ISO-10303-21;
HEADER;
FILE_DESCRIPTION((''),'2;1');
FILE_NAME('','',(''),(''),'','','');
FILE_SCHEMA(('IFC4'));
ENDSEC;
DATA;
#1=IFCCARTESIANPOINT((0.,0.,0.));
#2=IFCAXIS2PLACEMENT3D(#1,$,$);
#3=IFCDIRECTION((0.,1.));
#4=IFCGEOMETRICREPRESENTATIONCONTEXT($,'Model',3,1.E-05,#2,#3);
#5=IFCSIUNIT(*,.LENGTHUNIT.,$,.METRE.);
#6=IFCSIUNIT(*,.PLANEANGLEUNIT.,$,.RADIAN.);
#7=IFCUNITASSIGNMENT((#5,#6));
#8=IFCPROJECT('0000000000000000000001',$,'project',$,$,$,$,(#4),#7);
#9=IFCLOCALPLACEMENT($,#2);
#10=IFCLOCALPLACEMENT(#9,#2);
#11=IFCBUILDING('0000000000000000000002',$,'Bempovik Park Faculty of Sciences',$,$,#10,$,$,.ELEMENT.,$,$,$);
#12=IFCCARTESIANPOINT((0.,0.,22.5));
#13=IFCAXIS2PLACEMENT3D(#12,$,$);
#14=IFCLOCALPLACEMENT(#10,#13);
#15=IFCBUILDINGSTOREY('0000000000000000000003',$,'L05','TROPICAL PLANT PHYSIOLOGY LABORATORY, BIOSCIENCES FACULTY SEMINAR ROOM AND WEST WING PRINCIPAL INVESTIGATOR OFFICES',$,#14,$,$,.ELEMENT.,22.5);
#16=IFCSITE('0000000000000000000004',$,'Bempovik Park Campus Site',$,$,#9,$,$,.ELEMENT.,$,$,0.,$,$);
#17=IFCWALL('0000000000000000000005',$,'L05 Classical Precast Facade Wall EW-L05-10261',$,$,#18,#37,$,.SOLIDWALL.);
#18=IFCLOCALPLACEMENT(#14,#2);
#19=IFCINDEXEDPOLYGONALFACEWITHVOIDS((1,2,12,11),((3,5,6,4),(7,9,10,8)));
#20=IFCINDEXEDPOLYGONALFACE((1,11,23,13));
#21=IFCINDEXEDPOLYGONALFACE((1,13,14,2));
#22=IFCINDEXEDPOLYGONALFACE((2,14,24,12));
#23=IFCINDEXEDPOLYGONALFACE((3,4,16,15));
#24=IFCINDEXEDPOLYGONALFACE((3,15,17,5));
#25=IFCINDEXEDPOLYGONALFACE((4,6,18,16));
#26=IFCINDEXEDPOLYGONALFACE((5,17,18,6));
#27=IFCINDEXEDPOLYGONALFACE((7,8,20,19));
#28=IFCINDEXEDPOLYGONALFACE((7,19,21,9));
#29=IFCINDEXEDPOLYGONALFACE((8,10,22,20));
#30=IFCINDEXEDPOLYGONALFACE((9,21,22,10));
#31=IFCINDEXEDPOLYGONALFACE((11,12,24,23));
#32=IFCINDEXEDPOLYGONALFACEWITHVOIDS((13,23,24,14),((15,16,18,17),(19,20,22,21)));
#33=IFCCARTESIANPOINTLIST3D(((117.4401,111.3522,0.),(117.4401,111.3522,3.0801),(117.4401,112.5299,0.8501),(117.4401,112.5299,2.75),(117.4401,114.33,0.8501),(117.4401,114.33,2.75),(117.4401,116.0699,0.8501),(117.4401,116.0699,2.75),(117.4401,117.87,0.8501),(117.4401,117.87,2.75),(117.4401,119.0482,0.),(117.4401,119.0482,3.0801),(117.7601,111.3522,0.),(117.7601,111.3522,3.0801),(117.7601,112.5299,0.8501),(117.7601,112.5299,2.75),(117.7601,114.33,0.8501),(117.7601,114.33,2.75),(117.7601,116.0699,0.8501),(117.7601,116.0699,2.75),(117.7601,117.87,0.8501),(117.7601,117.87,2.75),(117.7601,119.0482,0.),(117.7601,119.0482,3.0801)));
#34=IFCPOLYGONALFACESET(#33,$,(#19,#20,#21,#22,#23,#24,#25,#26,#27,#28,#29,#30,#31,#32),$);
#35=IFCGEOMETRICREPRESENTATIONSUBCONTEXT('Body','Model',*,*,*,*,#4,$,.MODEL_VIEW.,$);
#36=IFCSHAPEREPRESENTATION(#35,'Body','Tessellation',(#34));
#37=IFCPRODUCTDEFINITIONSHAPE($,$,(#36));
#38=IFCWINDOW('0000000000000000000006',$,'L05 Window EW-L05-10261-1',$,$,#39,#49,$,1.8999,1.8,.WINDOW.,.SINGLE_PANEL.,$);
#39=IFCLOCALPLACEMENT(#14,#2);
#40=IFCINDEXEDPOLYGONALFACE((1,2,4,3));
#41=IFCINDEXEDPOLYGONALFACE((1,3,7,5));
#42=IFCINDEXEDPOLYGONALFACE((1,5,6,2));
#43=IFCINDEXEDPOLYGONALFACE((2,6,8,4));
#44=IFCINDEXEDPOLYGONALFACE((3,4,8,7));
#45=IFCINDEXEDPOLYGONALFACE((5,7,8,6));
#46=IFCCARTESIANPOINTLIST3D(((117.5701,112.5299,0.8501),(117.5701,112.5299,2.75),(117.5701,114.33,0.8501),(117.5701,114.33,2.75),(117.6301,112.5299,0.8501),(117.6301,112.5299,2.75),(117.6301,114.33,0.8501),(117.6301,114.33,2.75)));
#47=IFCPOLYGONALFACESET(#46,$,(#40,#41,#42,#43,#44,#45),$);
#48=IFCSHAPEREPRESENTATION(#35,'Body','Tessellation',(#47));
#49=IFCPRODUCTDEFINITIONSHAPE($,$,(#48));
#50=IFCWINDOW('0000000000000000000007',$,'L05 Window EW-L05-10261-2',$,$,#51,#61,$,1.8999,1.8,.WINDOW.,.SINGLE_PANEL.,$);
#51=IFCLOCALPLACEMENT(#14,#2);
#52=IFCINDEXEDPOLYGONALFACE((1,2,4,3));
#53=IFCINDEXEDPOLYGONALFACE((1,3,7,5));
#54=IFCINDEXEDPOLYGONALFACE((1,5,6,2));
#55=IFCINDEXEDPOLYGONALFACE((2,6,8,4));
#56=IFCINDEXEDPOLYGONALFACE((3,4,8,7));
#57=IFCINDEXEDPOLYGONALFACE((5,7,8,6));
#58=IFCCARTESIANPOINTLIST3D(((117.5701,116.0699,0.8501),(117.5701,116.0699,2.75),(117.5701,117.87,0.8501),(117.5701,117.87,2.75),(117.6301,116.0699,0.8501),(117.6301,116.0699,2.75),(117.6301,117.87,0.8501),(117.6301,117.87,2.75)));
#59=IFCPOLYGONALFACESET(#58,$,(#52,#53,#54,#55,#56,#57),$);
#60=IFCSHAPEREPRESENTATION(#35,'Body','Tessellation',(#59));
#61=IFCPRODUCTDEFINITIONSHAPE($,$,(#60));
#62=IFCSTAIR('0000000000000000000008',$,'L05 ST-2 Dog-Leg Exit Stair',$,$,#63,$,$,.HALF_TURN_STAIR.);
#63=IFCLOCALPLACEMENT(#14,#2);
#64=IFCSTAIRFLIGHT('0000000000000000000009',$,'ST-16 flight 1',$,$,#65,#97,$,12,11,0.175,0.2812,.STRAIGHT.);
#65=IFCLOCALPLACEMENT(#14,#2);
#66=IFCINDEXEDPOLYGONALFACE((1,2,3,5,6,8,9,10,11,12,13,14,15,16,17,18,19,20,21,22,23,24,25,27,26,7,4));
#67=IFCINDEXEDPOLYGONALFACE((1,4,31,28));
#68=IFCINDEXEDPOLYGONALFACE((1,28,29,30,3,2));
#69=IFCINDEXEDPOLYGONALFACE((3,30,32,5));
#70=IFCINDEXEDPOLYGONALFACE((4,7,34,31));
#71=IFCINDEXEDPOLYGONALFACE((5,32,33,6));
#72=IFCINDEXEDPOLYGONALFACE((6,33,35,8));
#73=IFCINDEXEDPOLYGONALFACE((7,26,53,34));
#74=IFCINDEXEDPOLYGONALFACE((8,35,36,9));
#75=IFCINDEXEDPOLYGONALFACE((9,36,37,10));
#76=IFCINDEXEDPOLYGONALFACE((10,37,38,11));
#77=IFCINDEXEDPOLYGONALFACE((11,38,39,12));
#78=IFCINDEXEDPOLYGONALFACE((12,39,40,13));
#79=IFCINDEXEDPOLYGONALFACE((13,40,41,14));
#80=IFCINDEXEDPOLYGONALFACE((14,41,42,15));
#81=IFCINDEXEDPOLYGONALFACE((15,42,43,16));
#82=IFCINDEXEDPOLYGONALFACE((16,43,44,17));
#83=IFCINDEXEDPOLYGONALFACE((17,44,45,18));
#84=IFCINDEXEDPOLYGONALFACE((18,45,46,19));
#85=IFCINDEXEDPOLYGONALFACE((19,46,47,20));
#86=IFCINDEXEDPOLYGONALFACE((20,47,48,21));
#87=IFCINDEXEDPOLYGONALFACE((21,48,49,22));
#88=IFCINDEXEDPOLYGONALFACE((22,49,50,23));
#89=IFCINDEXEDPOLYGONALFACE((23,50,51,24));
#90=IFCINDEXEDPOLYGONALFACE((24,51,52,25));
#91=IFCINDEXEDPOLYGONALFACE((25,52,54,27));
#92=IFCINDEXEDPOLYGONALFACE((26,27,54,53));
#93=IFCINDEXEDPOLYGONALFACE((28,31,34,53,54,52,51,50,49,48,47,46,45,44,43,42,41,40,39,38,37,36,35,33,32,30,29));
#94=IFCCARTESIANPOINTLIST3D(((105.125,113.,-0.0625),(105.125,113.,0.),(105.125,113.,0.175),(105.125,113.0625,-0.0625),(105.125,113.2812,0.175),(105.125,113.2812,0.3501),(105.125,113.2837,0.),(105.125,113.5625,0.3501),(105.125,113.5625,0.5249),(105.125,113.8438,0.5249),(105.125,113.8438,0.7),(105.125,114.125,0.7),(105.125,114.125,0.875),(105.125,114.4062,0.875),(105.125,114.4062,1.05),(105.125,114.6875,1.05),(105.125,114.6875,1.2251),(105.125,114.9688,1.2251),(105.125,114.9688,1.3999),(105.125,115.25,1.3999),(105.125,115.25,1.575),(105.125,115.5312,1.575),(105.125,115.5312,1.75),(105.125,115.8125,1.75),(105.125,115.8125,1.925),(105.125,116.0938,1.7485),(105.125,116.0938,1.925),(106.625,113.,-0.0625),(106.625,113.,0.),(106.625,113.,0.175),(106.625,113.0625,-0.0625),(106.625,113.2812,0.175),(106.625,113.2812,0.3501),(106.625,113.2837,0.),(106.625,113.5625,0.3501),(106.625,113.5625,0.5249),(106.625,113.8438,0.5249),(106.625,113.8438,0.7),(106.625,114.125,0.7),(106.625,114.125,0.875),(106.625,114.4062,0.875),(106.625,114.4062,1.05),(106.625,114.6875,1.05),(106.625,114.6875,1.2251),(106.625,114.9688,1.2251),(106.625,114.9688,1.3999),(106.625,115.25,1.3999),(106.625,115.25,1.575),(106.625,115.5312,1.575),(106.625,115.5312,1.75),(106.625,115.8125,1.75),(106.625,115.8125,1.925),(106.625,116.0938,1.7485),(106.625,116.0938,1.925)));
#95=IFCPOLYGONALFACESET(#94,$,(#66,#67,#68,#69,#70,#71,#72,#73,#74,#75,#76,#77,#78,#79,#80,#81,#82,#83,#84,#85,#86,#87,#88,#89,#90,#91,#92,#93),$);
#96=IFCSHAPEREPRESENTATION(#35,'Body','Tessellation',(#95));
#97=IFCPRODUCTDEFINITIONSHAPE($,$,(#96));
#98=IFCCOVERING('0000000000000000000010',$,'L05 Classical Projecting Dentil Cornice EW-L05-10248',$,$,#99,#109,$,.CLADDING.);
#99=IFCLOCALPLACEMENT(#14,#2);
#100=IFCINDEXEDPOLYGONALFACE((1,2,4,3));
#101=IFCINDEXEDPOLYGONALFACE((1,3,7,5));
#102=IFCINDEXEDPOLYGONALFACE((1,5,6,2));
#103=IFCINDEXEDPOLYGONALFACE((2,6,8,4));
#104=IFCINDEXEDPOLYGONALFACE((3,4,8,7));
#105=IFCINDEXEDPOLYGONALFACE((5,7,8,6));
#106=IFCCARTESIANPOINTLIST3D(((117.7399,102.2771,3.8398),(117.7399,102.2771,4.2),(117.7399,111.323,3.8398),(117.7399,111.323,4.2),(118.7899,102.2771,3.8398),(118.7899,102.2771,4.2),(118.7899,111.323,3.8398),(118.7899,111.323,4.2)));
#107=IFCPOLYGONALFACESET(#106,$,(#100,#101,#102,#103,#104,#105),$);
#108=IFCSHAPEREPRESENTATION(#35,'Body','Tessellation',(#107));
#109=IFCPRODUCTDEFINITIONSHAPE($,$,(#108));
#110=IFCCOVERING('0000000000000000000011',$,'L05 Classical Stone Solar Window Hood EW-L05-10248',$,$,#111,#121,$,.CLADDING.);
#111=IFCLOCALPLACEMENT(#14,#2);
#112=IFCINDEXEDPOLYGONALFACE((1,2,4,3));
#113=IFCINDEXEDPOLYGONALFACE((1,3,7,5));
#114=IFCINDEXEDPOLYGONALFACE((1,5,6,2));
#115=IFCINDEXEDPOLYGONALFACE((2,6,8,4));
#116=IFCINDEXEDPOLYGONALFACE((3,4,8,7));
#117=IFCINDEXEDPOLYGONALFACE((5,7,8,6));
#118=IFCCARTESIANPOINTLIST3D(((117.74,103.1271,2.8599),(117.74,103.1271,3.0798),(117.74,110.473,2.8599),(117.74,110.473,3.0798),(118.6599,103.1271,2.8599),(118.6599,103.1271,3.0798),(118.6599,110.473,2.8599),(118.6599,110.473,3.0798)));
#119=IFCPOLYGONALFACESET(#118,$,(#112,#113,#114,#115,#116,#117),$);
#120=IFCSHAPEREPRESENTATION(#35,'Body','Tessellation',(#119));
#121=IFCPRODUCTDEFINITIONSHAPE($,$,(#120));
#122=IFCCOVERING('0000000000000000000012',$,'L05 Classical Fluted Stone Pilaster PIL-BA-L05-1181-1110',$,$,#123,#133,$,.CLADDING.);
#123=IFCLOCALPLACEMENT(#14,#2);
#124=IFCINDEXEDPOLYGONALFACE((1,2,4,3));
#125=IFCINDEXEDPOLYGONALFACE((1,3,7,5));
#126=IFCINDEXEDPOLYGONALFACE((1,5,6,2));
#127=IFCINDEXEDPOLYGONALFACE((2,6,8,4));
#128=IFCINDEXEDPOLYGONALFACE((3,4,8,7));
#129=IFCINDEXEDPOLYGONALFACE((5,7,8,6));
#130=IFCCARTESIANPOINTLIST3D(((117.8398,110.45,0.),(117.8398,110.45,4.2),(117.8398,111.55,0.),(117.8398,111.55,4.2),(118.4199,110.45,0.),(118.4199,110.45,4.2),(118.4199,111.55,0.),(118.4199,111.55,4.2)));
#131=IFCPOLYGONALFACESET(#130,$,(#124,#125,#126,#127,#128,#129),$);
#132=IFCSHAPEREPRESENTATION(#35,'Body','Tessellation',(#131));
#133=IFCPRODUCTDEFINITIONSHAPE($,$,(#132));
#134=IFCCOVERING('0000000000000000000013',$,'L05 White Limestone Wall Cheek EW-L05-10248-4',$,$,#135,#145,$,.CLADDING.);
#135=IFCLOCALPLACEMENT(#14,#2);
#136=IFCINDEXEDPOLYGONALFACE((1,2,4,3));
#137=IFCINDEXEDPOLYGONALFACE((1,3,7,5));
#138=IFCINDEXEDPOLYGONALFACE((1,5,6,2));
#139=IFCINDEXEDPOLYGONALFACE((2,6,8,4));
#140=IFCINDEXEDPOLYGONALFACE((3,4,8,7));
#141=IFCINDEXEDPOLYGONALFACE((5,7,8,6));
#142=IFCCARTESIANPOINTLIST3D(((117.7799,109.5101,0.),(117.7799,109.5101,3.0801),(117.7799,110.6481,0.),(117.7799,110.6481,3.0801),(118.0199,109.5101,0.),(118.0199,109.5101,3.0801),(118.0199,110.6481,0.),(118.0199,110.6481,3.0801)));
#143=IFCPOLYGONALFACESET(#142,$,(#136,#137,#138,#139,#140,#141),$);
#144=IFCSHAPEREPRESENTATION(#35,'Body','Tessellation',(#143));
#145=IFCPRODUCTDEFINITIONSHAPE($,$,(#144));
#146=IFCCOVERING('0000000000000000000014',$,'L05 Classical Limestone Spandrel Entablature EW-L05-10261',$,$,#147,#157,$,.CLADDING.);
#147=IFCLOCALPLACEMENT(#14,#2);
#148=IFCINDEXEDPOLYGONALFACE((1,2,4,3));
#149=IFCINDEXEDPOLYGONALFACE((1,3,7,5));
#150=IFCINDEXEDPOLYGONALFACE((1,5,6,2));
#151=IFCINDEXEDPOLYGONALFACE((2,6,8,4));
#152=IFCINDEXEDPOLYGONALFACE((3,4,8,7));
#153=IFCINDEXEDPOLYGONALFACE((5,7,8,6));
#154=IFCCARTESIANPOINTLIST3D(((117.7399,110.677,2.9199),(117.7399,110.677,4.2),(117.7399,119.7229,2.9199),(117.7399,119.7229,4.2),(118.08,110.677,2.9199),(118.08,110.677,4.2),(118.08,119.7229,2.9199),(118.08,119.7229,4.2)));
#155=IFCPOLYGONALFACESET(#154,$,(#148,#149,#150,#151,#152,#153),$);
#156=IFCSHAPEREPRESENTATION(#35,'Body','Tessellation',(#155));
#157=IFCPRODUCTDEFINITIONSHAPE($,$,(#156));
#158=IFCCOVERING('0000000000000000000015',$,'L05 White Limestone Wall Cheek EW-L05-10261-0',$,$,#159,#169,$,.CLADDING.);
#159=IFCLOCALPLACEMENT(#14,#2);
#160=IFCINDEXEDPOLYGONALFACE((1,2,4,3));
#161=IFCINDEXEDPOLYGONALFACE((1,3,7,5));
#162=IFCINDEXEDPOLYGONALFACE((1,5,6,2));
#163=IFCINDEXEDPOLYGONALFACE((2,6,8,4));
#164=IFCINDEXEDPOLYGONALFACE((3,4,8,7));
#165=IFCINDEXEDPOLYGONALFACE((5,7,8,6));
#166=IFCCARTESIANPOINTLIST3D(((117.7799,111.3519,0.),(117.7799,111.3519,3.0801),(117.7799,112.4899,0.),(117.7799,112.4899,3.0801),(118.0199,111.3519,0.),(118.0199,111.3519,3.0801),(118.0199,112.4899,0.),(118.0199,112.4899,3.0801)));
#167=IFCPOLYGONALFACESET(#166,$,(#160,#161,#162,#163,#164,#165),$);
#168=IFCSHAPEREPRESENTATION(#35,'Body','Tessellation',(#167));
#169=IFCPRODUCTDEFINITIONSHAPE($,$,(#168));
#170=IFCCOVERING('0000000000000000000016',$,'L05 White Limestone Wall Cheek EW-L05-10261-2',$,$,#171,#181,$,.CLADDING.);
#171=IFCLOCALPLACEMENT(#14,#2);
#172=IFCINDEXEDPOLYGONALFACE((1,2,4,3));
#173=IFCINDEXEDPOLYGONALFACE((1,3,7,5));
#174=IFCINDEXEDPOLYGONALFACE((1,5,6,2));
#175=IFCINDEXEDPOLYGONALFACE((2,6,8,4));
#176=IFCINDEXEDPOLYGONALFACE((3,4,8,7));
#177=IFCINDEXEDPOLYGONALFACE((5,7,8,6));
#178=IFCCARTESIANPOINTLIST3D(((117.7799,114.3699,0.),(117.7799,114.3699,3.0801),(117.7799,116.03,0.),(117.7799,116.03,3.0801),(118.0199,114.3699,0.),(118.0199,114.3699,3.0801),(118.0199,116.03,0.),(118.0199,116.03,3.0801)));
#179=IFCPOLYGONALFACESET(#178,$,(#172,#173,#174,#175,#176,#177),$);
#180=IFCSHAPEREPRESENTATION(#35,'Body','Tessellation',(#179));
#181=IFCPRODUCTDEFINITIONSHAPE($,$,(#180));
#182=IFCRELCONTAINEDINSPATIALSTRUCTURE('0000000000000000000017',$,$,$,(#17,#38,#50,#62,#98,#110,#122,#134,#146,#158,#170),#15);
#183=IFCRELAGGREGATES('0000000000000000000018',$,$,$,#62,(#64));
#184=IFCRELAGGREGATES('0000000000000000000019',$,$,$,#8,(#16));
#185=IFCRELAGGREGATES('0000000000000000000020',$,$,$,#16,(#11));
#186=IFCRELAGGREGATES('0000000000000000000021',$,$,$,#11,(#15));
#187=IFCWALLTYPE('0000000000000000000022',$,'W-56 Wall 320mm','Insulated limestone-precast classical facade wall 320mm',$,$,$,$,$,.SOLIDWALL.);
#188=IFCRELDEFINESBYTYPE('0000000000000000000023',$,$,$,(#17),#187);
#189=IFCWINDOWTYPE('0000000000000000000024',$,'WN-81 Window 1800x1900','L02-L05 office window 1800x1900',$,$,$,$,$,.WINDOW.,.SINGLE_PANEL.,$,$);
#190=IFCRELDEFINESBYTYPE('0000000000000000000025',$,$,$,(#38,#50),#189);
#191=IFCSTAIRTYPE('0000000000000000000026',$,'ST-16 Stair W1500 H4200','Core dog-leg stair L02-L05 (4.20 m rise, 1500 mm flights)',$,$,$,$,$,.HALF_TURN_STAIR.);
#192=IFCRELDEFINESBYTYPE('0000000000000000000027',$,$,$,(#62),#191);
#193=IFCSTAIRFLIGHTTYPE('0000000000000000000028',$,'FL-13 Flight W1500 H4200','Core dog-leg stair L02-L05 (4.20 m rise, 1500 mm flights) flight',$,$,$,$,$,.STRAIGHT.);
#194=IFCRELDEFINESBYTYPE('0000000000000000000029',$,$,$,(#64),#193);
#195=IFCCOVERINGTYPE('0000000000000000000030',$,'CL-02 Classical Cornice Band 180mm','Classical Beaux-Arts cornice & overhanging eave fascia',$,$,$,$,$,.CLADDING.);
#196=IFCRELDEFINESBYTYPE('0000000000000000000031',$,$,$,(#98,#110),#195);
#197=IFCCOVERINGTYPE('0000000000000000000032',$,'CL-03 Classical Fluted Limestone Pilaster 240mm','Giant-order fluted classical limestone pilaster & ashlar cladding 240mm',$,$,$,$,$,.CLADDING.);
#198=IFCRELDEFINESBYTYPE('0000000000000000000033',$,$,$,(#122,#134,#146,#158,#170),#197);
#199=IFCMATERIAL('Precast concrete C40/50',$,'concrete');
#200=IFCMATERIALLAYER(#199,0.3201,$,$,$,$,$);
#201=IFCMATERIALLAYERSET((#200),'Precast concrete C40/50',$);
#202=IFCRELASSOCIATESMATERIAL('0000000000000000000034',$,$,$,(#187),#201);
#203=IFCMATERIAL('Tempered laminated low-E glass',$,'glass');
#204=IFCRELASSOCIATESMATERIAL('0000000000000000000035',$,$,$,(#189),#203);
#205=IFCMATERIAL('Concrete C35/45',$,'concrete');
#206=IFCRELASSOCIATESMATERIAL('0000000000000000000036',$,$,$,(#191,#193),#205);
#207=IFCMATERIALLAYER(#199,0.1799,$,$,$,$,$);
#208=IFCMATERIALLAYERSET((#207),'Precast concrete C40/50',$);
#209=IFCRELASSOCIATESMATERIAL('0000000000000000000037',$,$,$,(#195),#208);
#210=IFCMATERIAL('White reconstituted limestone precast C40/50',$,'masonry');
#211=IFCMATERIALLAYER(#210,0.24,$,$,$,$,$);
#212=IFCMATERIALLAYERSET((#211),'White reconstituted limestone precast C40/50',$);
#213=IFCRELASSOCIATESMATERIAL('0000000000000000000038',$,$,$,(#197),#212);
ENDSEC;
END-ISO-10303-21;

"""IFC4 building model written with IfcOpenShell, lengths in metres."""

from ifc_helpers import new_model, si_unit, direction, frame, frame_2d, origin, origin_2d, place, context, subcontext, project, spatial, polyline, rectangle, outline, extrude, material, layer, layer_set, type_object, element, fill, aggregate, save


model = new_model("IFC4")

# Units and contexts
model_context = context("Model", 3, precision=1e-05, world=origin(), true_north=direction((0.0, 1.0)))
body_context = subcontext(model_context, "Body", "Model", "MODEL_VIEW")
ifc_project = project(units=[si_unit("LENGTHUNIT", "METRE"), si_unit("PLANEANGLEUNIT", "RADIAN")], contexts=[model_context])

# Site, building, storey
site_placement = place(None, origin())
site = spatial("IfcSite", under=ifc_project, at=site_placement, Name="Bempovik Park Campus Site", CompositionType="ELEMENT", RefElevation=0.0)
building_placement = place(site_placement, origin())
building = spatial("IfcBuilding", under=site, at=building_placement, Name="Bempovik Park Faculty of Sciences", CompositionType="ELEMENT")
storey_placement = place(building_placement, frame((0.0, 0.0, 22.5)))
storey = spatial("IfcBuildingStorey", under=building, at=storey_placement, Name="L05", Description="TROPICAL PLANT PHYSIOLOGY LABORATORY, BIOSCIENCES FACULTY SEMINAR ROOM AND WEST WING PRINCIPAL INVESTIGATOR OFFICES", CompositionType="ELEMENT", Elevation=22.5)

# Shared definitions
ifc_material_1 = material(Name="Concrete C35/45", Category="concrete")

# Wall, openings, windows
ifc_material_2 = material(Name="Precast concrete C40/50", Category="concrete")
ifc_layer_1 = layer(ifc_material_2, 0.3201)
ifc_layer_set_1 = layer_set([ifc_layer_1], Name="Precast concrete C40/50")
wall_type_1 = type_object("IfcWallType", Name="W-56 Wall 320mm", Description="Insulated limestone-precast classical facade wall 320mm", PredefinedType="SOLIDWALL", material=ifc_layer_set_1)
wall_1_placement = place(storey_placement, frame((117.6001, 111.3521, 0.0), z_axis=(0.0, 0.0, 1.0), x_axis=(0.0, 1.0, 0.0)))
wall_1 = element("IfcWall", 1, at=wall_1_placement, inside=storey, type_object=wall_type_1, Name="L05 Classical Precast Facade Wall EW-L05-10261", PredefinedType="SOLIDWALL", context=body_context, shape_type="SweptSolid", body=[
    extrude(rectangle(XDim=7.696, YDim=0.3201, at=frame_2d((3.8481, 0.0))), origin(), (0.0, 0.0, 1.0), 3.0801),
])
opening_1_placement = place(wall_1_placement, frame((1.178, 0.0, 0.8501)))
opening_1 = element("IfcOpeningElement", 2, at=opening_1_placement, cuts=wall_1, PredefinedType="OPENING", context=body_context, shape_type="SweptSolid", body=[
    extrude(rectangle(XDim=1.8, YDim=1.8999, at=frame_2d((0.8999, 0.95))), frame((0.0, 0.1699, 0.0), z_axis=(0.0, -1.0, 0.0), x_axis=(1.0, 0.0, 0.0)), (0.0, 0.0, 1.0), 0.3401),
])
opening_2_placement = place(wall_1_placement, frame((4.718, 0.0, 0.8501)))
opening_2 = element("IfcOpeningElement", 3, at=opening_2_placement, cuts=wall_1, PredefinedType="OPENING", context=body_context, shape_type="SweptSolid", body=[
    extrude(rectangle(XDim=1.8, YDim=1.8999, at=frame_2d((0.8999, 0.95))), frame((0.0, 0.1699, 0.0), z_axis=(0.0, -1.0, 0.0), x_axis=(1.0, 0.0, 0.0)), (0.0, 0.0, 1.0), 0.3401),
])
ifc_material_3 = material(Name="Tempered laminated low-E glass", Category="glass")
window_type = type_object("IfcWindowType", Name="WN-81 Window 1800x1900", Description="L02-L05 office window 1800x1900", PartitioningType="SINGLE_PANEL", PredefinedType="WINDOW", material=ifc_material_3)
window_1_placement = place(opening_1_placement, origin())
window_1 = element("IfcWindow", 4, at=window_1_placement, inside=storey, type_object=window_type, Name="L05 Window EW-L05-10261-1", OverallHeight=1.8999, OverallWidth=1.8, PartitioningType="SINGLE_PANEL", PredefinedType="WINDOW", context=body_context, shape_type="SweptSolid", body=[
    extrude(rectangle(XDim=1.8, YDim=1.8999, at=frame_2d((0.8999, 0.95))), frame((0.0, 0.03, 0.0), z_axis=(0.0, -1.0, 0.0), x_axis=(1.0, 0.0, 0.0)), (0.0, 0.0, 1.0), 0.0601),
])
fill(opening_1, window_1)
window_2_placement = place(opening_2_placement, origin())
window_2 = element("IfcWindow", 5, at=window_2_placement, inside=storey, type_object=window_type, Name="L05 Window EW-L05-10261-2", OverallHeight=1.8999, OverallWidth=1.8, PartitioningType="SINGLE_PANEL", PredefinedType="WINDOW", context=body_context, shape_type="SweptSolid", body=[
    extrude(rectangle(XDim=1.8, YDim=1.8999, at=frame_2d((0.8999, 0.95))), frame((0.0, 0.03, 0.0), z_axis=(0.0, -1.0, 0.0), x_axis=(1.0, 0.0, 0.0)), (0.0, 0.0, 1.0), 0.0601),
])
fill(opening_2, window_2)

# Stair, stair flight
stair_type = type_object("IfcStairType", Name="ST-16 Stair W1500 H4200", Description="Core dog-leg stair L02-L05 (4.20 m rise, 1500 mm flights)", PredefinedType="HALF_TURN_STAIR", material=ifc_material_1)
stair_placement = place(storey_placement, origin())
stair = element("IfcStair", 6, at=stair_placement, inside=storey, type_object=stair_type, Name="L05 ST-2 Dog-Leg Exit Stair", PredefinedType="HALF_TURN_STAIR")
stair_flight_type = type_object("IfcStairFlightType", Name="FL-13 Flight W1500 H4200", Description="Core dog-leg stair L02-L05 (4.20 m rise, 1500 mm flights) flight", PredefinedType="STRAIGHT", material=ifc_material_1)
stair_flight_placement = place(storey_placement, frame((105.875, 113.0, 0.0), z_axis=(0.0, 0.0, 1.0), x_axis=(0.0, 1.0, 0.0)))
stair_flight = element("IfcStairFlight", 7, at=stair_flight_placement, type_object=stair_flight_type, Name="ST-16 flight 1", NumberOfRisers=12, NumberOfTreads=11, PredefinedType="STRAIGHT", RiserHeight=0.175, TreadLength=0.2812, context=body_context, shape_type="SweptSolid", body=[
    extrude(outline(polyline([(0.0, 0.0), (0.0, 0.175), (0.2812, 0.175), (0.2812, 0.3501), (0.5625, 0.3501), (0.5625, 0.5249), (0.8438, 0.5249), (0.8438, 0.7), (1.125, 0.7), (1.125, 0.875), (1.4062, 0.875), (1.4062, 1.05), (1.6875, 1.05), (1.6875, 1.2251), (1.9688, 1.2251), (1.9688, 1.3999), (2.25, 1.3999), (2.25, 1.575), (2.5312, 1.575), (2.5312, 1.75), (2.8125, 1.75), (2.8125, 1.925), (3.0938, 1.925), (3.0938, 2.1001), (3.0938, 1.7485), (0.2837, 0.0), (0.0625, -0.0625), (0.0, -0.0625), (0.0, 0.0)])), frame((0.0, 0.75, 0.0), z_axis=(0.0, -1.0, 0.0), x_axis=(1.0, 0.0, 0.0)), (0.0, 0.0, 1.0), 1.5),
])
aggregate(stair, [stair_flight])

# Coverings
ifc_layer_2 = layer(ifc_material_2, 0.1799)
ifc_layer_set_2 = layer_set([ifc_layer_2], Name="Precast concrete C40/50")
covering_type_1 = type_object("IfcCoveringType", Name="CL-02 Classical Cornice Band 180mm", Description="Classical Beaux-Arts cornice & overhanging eave fascia", PredefinedType="CLADDING", material=ifc_layer_set_2)
covering_1_placement = place(storey_placement, frame((118.2649, 106.8, 3.8398), z_axis=(0.0, 0.0, 1.0), x_axis=(1.0, 0.0, 0.0)))
element("IfcCovering", 8, at=covering_1_placement, inside=storey, type_object=covering_type_1, Name="L05 Classical Projecting Dentil Cornice EW-L05-10248", PredefinedType="CLADDING", context=body_context, shape_type="SweptSolid", body=[
    extrude(rectangle(XDim=1.05, YDim=9.0459, at=origin_2d()), origin(), (0.0, 0.0, 1.0), 0.3601),
])
covering_2_placement = place(storey_placement, frame((118.2, 106.8, 2.8599), z_axis=(0.0, 0.0, 1.0), x_axis=(1.0, 0.0, 0.0)))
element("IfcCovering", 9, at=covering_2_placement, inside=storey, type_object=covering_type_1, Name="L05 Classical Stone Solar Window Hood EW-L05-10248", PredefinedType="CLADDING", context=body_context, shape_type="SweptSolid", body=[
    extrude(rectangle(XDim=0.9199, YDim=7.3459, at=origin_2d()), origin(), (0.0, 0.0, 1.0), 0.22),
])
ifc_material_4 = material(Name="White reconstituted limestone precast C40/50", Category="masonry")
ifc_layer_3 = layer(ifc_material_4, 0.24)
ifc_layer_set_3 = layer_set([ifc_layer_3], Name="White reconstituted limestone precast C40/50")
covering_type_2 = type_object("IfcCoveringType", Name="CL-03 Classical Fluted Limestone Pilaster 240mm", Description="Giant-order fluted classical limestone pilaster & ashlar cladding 240mm", PredefinedType="CLADDING", material=ifc_layer_set_3)
covering_3_placement = place(storey_placement, frame((118.1299, 111.0, 0.0), z_axis=(0.0, 0.0, 1.0), x_axis=(1.0, 0.0, 0.0)))
element("IfcCovering", 10, at=covering_3_placement, inside=storey, type_object=covering_type_2, Name="L05 Classical Fluted Stone Pilaster PIL-BA-L05-1181-1110", PredefinedType="CLADDING", context=body_context, shape_type="SweptSolid", body=[
    extrude(rectangle(XDim=0.5801, YDim=1.1001, at=origin_2d()), origin(), (0.0, 0.0, 1.0), 4.2),
])
covering_4_placement = place(storey_placement, frame((117.8999, 110.0791, 0.0), z_axis=(0.0, 0.0, 1.0), x_axis=(1.0, 0.0, 0.0)))
element("IfcCovering", 11, at=covering_4_placement, inside=storey, type_object=covering_type_2, Name="L05 White Limestone Wall Cheek EW-L05-10248-4", PredefinedType="CLADDING", context=body_context, shape_type="SweptSolid", body=[
    extrude(rectangle(XDim=0.24, YDim=1.1379, at=origin_2d()), origin(), (0.0, 0.0, 1.0), 3.0801),
])
covering_5_placement = place(storey_placement, frame((117.9099, 115.2, 2.9199), z_axis=(0.0, 0.0, 1.0), x_axis=(1.0, 0.0, 0.0)))
element("IfcCovering", 12, at=covering_5_placement, inside=storey, type_object=covering_type_2, Name="L05 Classical Limestone Spandrel Entablature EW-L05-10261", PredefinedType="CLADDING", context=body_context, shape_type="SweptSolid", body=[
    extrude(rectangle(XDim=0.3401, YDim=9.0459, at=origin_2d()), origin(), (0.0, 0.0, 1.0), 1.28),
])
covering_6_placement = place(storey_placement, frame((117.8999, 111.9209, 0.0), z_axis=(0.0, 0.0, 1.0), x_axis=(1.0, 0.0, 0.0)))
element("IfcCovering", 13, at=covering_6_placement, inside=storey, type_object=covering_type_2, Name="L05 White Limestone Wall Cheek EW-L05-10261-0", PredefinedType="CLADDING", context=body_context, shape_type="SweptSolid", body=[
    extrude(rectangle(XDim=0.24, YDim=1.1379, at=origin_2d()), origin(), (0.0, 0.0, 1.0), 3.0801),
])
covering_7_placement = place(storey_placement, frame((117.8999, 115.2, 0.0), z_axis=(0.0, 0.0, 1.0), x_axis=(1.0, 0.0, 0.0)))
element("IfcCovering", 14, at=covering_7_placement, inside=storey, type_object=covering_type_2, Name="L05 White Limestone Wall Cheek EW-L05-10261-2", PredefinedType="CLADDING", context=body_context, shape_type="SweptSolid", body=[
    extrude(rectangle(XDim=0.24, YDim=1.6602, at=origin_2d()), origin(), (0.0, 0.0, 1.0), 3.0801),
])

save(model, "model.ifc")
